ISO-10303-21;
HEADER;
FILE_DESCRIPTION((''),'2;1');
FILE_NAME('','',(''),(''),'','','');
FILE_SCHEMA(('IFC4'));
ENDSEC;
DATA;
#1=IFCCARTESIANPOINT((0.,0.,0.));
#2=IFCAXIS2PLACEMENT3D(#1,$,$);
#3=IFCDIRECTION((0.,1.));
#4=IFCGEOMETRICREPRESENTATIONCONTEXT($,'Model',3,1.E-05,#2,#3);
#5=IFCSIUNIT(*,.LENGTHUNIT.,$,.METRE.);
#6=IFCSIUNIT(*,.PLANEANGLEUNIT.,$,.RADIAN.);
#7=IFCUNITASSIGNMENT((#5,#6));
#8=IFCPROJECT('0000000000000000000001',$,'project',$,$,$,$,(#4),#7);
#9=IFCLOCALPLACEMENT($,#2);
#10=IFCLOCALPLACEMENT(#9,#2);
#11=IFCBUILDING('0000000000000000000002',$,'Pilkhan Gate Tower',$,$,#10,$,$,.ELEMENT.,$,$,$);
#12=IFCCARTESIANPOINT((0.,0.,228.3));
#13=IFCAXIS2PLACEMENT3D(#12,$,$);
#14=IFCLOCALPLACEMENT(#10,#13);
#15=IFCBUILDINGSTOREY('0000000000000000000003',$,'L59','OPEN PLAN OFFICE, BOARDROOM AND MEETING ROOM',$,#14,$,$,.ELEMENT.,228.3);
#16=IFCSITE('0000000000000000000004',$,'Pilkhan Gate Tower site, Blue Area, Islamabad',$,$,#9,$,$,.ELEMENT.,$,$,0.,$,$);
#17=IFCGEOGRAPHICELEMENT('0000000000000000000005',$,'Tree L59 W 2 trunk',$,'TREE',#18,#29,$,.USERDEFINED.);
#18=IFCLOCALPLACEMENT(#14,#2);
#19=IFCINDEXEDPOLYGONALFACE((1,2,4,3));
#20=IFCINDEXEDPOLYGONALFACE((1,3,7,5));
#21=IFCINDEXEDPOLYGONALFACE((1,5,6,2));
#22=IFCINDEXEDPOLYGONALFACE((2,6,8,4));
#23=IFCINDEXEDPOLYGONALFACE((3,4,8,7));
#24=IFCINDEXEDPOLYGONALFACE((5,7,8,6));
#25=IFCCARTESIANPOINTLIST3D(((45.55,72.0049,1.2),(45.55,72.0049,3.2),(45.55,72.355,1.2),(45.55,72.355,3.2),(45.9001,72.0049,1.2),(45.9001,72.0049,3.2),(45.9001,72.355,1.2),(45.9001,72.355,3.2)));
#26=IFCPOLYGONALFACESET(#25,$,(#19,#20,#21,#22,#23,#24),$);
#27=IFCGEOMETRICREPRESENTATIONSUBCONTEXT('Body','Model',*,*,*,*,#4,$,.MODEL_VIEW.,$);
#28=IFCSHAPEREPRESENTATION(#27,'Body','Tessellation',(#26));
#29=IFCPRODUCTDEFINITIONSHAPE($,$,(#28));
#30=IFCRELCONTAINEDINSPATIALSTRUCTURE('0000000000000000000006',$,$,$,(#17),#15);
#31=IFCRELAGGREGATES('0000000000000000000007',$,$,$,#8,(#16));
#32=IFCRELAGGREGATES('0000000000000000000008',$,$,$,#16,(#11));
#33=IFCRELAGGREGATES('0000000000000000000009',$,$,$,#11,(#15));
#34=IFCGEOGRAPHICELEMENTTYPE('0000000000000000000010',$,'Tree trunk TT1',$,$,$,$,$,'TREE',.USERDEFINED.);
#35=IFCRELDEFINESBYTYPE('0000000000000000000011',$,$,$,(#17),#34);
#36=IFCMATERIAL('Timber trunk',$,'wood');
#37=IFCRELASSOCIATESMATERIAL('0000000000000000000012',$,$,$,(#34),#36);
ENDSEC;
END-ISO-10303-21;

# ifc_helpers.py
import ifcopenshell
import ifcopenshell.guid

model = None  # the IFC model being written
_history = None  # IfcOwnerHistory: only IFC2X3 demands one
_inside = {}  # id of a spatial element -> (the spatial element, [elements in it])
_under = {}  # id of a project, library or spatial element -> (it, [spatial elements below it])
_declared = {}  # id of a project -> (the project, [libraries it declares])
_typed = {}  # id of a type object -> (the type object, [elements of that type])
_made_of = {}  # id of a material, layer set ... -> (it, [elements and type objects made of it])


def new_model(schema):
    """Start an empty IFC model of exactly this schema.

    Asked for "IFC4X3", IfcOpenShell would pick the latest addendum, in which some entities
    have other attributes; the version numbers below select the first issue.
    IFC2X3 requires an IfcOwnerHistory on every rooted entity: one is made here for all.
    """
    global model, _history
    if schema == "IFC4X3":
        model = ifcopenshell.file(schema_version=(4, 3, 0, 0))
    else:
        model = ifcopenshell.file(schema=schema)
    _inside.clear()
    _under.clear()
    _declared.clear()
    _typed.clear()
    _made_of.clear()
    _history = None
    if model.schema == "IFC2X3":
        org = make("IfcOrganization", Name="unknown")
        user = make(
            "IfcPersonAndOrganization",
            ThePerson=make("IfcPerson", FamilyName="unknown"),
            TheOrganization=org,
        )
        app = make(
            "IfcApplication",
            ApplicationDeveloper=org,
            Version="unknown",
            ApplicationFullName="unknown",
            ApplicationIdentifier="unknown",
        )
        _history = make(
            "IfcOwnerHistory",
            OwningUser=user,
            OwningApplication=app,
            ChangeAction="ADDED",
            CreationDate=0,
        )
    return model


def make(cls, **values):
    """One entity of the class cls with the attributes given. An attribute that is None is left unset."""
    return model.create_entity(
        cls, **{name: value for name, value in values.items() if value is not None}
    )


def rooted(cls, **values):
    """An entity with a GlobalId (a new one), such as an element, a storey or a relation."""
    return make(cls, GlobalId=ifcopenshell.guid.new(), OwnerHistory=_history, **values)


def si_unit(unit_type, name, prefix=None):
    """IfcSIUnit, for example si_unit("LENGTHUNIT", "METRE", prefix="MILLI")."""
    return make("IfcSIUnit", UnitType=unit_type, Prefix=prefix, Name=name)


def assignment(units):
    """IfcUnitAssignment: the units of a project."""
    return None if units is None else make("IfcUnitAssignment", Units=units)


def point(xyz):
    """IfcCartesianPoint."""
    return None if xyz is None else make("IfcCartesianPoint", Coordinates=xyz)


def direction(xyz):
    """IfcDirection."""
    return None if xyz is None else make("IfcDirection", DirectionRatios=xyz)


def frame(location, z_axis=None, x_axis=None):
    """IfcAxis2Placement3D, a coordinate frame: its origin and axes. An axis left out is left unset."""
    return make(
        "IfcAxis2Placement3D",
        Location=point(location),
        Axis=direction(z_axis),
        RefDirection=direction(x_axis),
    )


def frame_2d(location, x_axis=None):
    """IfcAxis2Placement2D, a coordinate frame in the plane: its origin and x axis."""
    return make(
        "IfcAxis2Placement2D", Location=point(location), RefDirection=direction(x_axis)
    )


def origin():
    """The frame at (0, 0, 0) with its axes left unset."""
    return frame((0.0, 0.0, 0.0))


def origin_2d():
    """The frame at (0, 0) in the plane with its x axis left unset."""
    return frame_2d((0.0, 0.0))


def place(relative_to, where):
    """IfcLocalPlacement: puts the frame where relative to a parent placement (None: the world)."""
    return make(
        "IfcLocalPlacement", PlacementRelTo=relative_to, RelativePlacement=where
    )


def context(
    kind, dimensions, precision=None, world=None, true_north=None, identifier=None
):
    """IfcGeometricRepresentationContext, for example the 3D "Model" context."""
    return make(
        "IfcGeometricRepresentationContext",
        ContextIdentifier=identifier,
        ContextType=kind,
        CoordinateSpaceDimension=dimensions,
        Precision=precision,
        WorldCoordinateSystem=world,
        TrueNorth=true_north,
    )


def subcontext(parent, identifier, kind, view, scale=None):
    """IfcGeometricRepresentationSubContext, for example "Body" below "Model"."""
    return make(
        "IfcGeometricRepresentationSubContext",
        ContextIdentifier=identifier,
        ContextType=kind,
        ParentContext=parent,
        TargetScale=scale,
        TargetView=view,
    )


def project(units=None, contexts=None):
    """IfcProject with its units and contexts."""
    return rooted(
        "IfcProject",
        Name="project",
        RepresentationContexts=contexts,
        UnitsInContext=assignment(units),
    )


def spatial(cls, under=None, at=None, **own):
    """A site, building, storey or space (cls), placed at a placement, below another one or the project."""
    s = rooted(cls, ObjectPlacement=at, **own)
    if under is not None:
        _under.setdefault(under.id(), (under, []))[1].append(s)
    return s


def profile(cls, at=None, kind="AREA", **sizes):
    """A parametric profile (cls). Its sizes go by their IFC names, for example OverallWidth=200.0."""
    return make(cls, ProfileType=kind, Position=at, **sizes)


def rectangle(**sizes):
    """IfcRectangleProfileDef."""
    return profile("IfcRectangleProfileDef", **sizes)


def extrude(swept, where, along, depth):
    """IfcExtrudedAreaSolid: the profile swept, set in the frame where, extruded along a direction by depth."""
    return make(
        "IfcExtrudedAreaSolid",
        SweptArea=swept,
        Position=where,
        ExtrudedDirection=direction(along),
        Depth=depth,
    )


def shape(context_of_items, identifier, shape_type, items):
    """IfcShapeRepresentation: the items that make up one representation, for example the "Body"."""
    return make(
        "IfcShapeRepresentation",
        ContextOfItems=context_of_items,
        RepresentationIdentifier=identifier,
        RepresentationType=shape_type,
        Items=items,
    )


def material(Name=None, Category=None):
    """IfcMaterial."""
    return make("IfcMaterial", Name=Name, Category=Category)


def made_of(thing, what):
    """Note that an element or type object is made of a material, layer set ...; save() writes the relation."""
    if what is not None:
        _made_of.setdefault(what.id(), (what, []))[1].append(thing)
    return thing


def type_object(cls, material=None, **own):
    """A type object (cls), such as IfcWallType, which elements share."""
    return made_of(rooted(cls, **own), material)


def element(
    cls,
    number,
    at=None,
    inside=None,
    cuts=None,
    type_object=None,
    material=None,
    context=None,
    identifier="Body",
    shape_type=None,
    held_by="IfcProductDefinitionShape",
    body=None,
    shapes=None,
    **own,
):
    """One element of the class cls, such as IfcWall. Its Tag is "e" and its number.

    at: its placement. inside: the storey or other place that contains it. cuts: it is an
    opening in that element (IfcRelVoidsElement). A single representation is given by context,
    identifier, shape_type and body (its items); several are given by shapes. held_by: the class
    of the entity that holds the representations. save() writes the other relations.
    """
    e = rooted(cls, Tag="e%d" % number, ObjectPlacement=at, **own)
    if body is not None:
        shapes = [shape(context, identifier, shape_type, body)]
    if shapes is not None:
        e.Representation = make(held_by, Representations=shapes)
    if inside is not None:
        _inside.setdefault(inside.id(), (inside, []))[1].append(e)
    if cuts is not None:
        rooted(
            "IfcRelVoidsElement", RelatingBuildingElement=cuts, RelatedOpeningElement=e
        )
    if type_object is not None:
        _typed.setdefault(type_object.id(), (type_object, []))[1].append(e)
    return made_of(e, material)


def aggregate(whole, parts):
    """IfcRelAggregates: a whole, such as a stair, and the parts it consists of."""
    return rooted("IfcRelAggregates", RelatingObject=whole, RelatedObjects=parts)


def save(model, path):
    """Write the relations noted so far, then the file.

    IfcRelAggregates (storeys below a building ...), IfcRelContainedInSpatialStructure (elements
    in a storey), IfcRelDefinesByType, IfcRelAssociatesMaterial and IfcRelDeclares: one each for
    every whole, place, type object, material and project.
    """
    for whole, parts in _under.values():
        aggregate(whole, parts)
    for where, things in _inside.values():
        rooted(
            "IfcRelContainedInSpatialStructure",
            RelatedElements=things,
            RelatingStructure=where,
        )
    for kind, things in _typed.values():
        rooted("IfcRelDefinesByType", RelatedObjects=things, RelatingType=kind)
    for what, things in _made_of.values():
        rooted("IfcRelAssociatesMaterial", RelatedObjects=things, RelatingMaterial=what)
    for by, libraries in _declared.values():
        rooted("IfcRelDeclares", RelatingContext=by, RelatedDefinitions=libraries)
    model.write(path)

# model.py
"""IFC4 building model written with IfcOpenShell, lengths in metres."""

from ifc_helpers import new_model, si_unit, direction, frame, origin, origin_2d, place, context, subcontext, project, spatial, rectangle, extrude, material, type_object, element, save


model = new_model("IFC4")

# Units and contexts
model_context = context("Model", 3, precision=1e-05, world=origin(), true_north=direction((0.0, 1.0)))
body_context = subcontext(model_context, "Body", "Model", "MODEL_VIEW")
ifc_project = project(units=[si_unit("LENGTHUNIT", "METRE"), si_unit("PLANEANGLEUNIT", "RADIAN")], contexts=[model_context])

# Site, building, storey
site_placement = place(None, origin())
site = spatial("IfcSite", under=ifc_project, at=site_placement, Name="Pilkhan Gate Tower site, Blue Area, Islamabad", CompositionType="ELEMENT", RefElevation=0.0)
building_placement = place(site_placement, origin())
building = spatial("IfcBuilding", under=site, at=building_placement, Name="Pilkhan Gate Tower", CompositionType="ELEMENT")
storey_placement = place(building_placement, frame((0.0, 0.0, 228.3)))
storey = spatial("IfcBuildingStorey", under=building, at=storey_placement, Name="L59", Description="OPEN PLAN OFFICE, BOARDROOM AND MEETING ROOM", CompositionType="ELEMENT", Elevation=228.3)

# Geographic element
ifc_material_1 = material(Name="Timber trunk", Category="wood")
geographic_element_type_1 = type_object("IfcGeographicElementType", Name="Tree trunk TT1", ElementType="TREE", PredefinedType="USERDEFINED", material=ifc_material_1)
for number, where, z_axis, x_axis, name in (
    (1, (45.7251, 72.1799, 1.2), (0.0, 0.0, 1.0), (1.0, 0.0, 0.0), "Tree L59 W 2 trunk"),
):
    element("IfcGeographicElement", number, at=place(storey_placement, frame(where, z_axis=z_axis, x_axis=x_axis)), inside=storey, type_object=geographic_element_type_1, Name=name, ObjectType="TREE", PredefinedType="USERDEFINED", context=body_context, shape_type="SweptSolid", body=[
        extrude(rectangle(XDim=0.3501, YDim=0.3501, at=origin_2d()), origin(), (0.0, 0.0, 1.0), 2.0),
    ])

save(model, "model.ifc")
